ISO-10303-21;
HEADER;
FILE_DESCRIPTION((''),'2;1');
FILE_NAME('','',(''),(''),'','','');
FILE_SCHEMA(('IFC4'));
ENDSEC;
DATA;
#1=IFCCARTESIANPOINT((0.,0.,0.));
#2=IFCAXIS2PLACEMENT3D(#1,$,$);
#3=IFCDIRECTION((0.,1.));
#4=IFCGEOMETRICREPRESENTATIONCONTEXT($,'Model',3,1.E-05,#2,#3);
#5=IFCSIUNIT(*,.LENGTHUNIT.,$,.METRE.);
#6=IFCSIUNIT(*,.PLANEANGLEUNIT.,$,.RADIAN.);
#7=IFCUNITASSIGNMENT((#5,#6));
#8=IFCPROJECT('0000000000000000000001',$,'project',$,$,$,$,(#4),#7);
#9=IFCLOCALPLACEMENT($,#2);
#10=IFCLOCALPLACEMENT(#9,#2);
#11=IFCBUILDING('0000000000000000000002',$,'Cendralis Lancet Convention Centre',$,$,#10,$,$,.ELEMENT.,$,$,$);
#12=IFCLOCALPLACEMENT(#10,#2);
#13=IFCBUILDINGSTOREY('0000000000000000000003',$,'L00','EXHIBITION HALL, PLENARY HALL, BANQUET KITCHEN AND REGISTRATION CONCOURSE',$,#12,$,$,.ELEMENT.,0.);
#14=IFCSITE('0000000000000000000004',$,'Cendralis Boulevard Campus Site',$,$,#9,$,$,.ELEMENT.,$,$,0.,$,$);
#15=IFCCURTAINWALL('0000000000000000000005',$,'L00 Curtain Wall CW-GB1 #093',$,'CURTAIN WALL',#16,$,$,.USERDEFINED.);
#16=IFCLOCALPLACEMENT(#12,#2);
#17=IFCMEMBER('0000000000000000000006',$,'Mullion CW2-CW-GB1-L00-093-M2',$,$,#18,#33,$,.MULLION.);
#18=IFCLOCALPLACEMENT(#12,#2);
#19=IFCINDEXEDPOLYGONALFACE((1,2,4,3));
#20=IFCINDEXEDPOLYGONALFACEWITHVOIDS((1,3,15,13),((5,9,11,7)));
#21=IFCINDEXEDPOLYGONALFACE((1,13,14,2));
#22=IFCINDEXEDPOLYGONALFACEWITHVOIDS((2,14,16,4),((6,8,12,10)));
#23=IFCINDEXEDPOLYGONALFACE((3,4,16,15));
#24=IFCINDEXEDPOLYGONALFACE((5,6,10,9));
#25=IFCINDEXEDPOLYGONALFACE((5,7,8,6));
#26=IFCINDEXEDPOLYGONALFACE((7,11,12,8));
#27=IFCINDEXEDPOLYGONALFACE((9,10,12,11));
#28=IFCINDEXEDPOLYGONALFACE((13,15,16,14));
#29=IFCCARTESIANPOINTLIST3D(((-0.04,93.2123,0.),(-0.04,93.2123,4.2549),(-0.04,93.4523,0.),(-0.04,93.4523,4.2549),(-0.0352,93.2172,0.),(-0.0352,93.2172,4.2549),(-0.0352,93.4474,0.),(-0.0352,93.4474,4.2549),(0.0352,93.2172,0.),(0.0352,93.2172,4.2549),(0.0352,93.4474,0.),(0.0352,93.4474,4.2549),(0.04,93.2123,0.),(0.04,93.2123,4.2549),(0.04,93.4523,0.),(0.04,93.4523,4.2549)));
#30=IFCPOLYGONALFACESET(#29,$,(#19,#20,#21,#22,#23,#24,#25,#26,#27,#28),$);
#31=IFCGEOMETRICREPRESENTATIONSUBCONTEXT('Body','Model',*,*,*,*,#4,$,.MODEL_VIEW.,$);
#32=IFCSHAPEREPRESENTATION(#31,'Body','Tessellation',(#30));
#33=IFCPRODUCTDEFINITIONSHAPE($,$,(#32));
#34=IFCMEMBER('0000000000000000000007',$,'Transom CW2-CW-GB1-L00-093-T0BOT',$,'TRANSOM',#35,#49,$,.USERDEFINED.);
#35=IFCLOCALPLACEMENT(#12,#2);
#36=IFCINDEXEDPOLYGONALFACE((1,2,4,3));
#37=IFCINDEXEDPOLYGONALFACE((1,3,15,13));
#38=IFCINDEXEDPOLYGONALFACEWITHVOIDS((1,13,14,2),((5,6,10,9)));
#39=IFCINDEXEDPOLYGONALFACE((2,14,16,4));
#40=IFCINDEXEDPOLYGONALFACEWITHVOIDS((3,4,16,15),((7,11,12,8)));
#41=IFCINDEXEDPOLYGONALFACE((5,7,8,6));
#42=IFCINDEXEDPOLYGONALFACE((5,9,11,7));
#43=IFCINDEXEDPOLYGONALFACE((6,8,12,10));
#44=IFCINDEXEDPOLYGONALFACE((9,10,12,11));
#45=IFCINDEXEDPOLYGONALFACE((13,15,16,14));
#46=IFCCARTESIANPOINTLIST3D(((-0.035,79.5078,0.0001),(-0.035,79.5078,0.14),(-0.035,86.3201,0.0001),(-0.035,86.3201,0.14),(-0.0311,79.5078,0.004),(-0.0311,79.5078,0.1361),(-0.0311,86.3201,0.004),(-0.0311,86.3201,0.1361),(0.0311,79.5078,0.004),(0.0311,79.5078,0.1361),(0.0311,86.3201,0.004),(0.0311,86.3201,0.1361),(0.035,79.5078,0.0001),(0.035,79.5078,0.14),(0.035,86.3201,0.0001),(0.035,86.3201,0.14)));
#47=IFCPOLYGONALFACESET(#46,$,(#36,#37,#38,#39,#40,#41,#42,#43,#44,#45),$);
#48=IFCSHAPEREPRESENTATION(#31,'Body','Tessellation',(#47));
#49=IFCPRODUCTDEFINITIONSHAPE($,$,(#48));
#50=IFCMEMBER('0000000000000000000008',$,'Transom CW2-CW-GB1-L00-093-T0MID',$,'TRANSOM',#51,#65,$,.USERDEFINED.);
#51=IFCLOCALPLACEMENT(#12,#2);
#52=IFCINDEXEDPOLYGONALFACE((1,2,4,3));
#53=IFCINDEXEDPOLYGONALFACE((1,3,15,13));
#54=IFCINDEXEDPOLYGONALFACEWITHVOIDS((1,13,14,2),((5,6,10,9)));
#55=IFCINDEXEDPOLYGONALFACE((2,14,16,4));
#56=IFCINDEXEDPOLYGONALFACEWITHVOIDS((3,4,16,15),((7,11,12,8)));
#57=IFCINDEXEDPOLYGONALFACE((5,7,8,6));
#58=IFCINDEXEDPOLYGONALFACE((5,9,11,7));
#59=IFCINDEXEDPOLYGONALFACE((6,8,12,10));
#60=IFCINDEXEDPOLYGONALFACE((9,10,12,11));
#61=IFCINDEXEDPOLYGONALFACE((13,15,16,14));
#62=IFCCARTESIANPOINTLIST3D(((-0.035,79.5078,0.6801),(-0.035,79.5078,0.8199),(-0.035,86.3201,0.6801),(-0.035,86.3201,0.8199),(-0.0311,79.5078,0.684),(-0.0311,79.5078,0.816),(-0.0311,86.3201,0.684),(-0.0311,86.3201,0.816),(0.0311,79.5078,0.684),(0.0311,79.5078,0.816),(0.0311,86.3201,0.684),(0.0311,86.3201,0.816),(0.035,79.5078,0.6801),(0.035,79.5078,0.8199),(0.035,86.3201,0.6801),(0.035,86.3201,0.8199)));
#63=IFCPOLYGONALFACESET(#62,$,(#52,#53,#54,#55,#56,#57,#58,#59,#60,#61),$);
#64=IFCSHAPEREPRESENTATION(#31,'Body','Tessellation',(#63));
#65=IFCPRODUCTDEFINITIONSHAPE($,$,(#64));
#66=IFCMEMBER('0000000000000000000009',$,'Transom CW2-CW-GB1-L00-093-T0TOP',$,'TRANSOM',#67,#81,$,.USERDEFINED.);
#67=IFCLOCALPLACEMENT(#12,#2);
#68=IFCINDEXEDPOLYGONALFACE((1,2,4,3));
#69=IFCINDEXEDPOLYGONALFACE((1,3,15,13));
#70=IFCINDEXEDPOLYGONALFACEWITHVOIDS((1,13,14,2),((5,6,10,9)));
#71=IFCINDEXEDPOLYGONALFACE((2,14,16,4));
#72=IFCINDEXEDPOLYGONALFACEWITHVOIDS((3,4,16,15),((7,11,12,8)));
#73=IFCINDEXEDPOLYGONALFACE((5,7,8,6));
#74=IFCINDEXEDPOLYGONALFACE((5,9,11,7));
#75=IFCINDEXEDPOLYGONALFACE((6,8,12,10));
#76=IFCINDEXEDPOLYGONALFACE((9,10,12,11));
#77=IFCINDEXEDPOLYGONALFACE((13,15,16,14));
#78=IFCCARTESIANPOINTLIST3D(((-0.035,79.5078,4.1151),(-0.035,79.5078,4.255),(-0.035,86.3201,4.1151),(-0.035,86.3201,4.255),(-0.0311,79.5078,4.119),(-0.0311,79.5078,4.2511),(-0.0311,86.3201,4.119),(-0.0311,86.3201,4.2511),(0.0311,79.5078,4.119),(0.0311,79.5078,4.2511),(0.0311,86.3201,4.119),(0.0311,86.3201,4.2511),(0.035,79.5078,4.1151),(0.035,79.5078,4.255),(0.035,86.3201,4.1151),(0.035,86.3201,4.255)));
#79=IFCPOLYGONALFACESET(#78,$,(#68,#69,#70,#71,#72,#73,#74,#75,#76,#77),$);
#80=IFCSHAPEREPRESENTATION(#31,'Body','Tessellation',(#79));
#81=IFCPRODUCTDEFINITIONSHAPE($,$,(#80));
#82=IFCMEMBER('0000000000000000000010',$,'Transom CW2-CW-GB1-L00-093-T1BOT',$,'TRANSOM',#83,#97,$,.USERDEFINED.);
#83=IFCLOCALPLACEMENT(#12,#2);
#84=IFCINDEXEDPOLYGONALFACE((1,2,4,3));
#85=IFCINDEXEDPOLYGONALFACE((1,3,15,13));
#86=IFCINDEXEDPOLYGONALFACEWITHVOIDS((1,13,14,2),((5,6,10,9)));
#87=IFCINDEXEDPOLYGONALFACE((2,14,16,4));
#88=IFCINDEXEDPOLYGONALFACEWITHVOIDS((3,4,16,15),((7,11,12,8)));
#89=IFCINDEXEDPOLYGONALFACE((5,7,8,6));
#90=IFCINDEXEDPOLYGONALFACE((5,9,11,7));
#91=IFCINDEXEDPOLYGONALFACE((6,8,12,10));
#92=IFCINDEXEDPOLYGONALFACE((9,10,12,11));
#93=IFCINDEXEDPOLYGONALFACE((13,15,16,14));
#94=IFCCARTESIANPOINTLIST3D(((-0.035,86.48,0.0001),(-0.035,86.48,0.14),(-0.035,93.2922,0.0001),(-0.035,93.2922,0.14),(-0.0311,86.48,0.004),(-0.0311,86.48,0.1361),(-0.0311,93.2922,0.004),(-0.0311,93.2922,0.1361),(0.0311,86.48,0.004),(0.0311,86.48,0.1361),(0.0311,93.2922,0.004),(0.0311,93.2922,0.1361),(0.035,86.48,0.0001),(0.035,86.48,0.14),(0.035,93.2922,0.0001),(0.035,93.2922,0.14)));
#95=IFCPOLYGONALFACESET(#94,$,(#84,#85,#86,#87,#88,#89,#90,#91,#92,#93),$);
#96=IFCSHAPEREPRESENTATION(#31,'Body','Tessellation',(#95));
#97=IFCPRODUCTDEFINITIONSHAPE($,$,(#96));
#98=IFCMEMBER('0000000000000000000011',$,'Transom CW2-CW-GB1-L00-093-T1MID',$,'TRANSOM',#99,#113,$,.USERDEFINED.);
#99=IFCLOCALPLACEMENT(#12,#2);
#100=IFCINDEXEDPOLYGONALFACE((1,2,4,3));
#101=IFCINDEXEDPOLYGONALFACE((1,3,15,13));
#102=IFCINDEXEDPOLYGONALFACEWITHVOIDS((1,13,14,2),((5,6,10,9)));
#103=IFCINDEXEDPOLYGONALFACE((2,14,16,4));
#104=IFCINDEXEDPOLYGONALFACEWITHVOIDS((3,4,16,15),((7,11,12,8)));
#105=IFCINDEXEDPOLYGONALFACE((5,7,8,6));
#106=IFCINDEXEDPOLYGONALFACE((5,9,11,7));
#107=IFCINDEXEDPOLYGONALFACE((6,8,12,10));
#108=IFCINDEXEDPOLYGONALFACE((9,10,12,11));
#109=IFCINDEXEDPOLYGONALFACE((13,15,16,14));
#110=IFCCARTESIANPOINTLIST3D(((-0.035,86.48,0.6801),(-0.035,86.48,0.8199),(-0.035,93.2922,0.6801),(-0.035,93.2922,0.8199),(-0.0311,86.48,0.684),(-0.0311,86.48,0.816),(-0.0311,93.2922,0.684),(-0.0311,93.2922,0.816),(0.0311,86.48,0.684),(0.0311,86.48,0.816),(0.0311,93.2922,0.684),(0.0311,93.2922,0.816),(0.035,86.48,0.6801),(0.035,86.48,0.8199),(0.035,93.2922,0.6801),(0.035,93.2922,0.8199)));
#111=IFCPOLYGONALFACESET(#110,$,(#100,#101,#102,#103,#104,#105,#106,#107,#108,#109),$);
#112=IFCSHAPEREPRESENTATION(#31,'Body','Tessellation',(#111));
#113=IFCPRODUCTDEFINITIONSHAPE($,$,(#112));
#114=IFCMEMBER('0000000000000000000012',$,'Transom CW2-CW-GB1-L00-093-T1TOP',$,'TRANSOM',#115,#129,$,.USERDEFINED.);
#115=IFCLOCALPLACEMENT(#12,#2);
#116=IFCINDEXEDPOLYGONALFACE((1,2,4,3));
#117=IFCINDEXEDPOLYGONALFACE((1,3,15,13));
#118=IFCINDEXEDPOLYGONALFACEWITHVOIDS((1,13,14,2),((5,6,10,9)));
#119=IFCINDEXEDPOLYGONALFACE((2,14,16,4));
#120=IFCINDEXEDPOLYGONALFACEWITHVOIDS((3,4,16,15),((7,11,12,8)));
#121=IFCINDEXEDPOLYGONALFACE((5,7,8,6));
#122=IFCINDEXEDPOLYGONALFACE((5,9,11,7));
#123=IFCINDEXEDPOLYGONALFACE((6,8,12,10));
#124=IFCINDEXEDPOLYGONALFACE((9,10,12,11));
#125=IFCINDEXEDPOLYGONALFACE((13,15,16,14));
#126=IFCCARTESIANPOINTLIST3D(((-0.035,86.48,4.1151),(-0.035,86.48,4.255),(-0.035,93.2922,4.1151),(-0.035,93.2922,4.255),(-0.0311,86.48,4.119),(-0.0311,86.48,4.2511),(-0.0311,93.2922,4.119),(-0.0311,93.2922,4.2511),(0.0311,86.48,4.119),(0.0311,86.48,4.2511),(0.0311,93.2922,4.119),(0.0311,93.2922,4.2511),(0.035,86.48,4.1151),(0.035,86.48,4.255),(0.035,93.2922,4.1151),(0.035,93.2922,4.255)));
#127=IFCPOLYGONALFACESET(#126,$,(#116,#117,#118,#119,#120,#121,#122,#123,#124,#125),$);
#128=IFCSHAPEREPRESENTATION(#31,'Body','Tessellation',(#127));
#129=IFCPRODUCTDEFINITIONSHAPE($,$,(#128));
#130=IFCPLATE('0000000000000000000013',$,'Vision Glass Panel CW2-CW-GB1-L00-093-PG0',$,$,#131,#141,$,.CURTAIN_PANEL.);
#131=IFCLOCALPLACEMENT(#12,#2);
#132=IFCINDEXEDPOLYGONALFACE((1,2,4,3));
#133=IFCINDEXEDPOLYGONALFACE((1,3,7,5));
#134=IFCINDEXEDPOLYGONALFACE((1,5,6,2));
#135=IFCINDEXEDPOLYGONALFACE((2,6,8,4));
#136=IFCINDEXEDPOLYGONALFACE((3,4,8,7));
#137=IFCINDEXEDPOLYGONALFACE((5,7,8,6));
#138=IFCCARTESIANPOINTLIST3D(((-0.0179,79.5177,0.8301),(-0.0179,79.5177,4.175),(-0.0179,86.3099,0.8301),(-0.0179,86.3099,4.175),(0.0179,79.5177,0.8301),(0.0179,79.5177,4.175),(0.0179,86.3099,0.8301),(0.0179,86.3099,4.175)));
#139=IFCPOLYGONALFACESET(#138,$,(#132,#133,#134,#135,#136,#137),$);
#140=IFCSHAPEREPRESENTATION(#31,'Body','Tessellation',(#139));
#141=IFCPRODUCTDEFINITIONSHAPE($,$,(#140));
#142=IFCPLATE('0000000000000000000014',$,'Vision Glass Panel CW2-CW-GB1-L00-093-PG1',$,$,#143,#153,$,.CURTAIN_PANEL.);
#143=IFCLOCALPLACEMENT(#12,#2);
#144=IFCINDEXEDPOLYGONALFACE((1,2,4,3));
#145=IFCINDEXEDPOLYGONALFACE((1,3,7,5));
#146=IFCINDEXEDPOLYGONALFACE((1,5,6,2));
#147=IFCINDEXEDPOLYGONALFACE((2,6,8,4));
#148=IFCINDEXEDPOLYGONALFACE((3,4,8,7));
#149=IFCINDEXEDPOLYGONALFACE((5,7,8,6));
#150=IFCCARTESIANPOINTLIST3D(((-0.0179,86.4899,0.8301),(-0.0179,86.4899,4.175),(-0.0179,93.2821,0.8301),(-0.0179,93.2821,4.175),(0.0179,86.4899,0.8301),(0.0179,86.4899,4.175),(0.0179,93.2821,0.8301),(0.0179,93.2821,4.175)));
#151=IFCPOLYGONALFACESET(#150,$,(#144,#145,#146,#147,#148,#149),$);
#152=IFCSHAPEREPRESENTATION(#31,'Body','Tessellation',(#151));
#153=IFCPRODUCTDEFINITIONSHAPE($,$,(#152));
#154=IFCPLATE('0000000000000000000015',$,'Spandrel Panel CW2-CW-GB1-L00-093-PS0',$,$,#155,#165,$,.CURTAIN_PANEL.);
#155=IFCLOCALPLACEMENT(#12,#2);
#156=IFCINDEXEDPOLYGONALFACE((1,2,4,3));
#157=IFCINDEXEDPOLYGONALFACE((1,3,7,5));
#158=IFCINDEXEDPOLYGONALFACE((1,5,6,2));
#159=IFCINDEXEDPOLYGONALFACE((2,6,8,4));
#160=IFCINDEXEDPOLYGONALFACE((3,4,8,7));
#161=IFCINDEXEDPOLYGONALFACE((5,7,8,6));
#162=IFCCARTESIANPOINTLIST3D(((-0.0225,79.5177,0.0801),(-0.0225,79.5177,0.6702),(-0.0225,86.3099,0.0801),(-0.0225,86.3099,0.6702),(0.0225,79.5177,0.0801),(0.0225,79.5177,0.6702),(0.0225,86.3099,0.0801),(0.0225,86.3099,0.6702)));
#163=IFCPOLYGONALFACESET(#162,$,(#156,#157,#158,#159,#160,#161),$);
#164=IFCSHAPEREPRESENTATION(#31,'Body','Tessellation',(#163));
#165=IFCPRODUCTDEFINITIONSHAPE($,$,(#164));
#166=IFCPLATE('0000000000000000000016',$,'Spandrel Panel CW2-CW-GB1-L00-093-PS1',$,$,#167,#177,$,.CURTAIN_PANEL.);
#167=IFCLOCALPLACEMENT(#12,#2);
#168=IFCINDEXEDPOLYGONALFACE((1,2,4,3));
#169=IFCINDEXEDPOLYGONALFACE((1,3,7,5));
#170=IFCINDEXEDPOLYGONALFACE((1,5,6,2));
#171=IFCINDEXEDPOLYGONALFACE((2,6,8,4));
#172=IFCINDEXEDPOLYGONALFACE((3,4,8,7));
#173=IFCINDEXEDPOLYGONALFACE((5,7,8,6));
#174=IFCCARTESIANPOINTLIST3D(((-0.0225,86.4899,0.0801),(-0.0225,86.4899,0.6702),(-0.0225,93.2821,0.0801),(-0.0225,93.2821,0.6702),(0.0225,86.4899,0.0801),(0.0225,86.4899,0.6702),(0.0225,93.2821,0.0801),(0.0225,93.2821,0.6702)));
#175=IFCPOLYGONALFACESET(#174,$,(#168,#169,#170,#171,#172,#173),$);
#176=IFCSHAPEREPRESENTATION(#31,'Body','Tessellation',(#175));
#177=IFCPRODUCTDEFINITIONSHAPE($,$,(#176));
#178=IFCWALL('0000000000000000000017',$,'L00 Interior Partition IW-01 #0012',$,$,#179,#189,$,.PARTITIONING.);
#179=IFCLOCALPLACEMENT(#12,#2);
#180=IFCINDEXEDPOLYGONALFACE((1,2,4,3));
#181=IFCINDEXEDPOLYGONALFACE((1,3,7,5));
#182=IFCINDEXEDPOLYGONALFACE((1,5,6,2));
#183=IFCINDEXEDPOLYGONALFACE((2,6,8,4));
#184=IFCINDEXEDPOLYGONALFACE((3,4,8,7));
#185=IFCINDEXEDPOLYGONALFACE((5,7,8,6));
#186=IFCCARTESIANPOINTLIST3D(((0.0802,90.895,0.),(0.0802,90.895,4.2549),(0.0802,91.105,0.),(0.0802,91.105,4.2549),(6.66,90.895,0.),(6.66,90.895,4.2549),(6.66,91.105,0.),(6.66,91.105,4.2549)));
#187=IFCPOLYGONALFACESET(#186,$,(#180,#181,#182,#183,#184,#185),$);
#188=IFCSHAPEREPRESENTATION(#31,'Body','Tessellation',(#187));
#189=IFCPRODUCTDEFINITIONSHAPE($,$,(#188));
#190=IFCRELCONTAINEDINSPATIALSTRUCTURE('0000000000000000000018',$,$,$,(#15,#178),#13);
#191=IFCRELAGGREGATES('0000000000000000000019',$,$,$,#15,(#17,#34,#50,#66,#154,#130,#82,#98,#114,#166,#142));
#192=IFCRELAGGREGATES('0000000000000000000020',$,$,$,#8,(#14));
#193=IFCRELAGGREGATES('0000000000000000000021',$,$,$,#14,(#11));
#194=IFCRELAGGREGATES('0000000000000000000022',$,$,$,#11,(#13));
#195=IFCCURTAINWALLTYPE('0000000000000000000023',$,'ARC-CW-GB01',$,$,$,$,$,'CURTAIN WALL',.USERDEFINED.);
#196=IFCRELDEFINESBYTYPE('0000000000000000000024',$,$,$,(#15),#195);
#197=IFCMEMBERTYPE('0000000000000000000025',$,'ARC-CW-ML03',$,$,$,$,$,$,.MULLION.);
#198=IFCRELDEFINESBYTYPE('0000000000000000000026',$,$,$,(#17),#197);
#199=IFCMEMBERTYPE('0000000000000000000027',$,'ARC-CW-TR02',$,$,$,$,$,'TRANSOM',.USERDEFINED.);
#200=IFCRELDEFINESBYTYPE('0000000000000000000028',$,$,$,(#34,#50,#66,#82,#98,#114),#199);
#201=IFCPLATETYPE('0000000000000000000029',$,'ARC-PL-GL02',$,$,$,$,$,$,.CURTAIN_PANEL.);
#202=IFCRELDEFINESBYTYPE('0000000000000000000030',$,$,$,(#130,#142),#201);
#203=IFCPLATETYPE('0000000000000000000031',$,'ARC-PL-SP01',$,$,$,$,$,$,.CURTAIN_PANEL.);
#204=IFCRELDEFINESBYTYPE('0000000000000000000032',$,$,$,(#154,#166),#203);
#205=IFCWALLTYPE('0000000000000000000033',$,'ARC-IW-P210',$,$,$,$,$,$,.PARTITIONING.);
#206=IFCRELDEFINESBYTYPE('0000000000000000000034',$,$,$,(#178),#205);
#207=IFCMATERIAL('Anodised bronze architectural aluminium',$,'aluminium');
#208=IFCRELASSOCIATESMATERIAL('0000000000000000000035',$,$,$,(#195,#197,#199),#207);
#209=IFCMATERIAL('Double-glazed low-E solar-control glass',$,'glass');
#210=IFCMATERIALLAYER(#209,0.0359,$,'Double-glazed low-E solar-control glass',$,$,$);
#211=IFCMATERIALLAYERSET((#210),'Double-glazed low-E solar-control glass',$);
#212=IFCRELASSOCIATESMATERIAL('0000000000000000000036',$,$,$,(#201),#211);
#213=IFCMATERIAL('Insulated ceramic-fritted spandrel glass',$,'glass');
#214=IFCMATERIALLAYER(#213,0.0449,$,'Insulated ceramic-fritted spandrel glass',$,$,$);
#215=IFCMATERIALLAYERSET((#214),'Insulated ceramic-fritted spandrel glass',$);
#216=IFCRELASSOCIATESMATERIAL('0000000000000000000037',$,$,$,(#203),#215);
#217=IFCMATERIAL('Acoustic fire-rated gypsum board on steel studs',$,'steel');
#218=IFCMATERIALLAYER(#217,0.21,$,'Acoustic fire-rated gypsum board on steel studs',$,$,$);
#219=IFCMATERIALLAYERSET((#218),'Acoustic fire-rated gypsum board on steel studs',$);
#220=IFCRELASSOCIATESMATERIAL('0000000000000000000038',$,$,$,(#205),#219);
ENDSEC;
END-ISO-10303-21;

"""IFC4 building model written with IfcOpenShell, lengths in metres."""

from ifc_helpers import new_model, si_unit, direction, frame, frame_2d, origin, origin_2d, place, context, subcontext, project, spatial, rectangle, hollow_rectangle, extrude, material, layer, layer_set, material_profile, profile_set, type_object, element, aggregate, save


model = new_model("IFC4")

# Units and contexts
model_context = context("Model", 3, precision=1e-05, world=origin(), true_north=direction((0.0, 1.0)))
body_context = subcontext(model_context, "Body", "Model", "MODEL_VIEW")
ifc_project = project(units=[si_unit("LENGTHUNIT", "METRE"), si_unit("PLANEANGLEUNIT", "RADIAN")], contexts=[model_context])

# Site, building, storey
site_placement = place(None, origin())
site = spatial("IfcSite", under=ifc_project, at=site_placement, Name="Cendralis Boulevard Campus Site", CompositionType="ELEMENT", RefElevation=0.0)
building_placement = place(site_placement, origin())
building = spatial("IfcBuilding", under=site, at=building_placement, Name="Cendralis Lancet Convention Centre", CompositionType="ELEMENT")
storey_placement = place(building_placement, origin())
storey = spatial("IfcBuildingStorey", under=building, at=storey_placement, Name="L00", Description="EXHIBITION HALL, PLENARY HALL, BANQUET KITCHEN AND REGISTRATION CONCOURSE", CompositionType="ELEMENT", Elevation=0.0)

# Curtain wall, members, plates
ifc_material_1 = material(Name="Anodised bronze architectural aluminium", Category="aluminium")
curtain_wall_type = type_object("IfcCurtainWallType", Name="ARC-CW-GB01", ElementType="CURTAIN WALL", PredefinedType="USERDEFINED", material=ifc_material_1)
curtain_wall_placement = place(storey_placement, origin())
curtain_wall = element("IfcCurtainWall", 1, at=curtain_wall_placement, inside=storey, type_object=curtain_wall_type, Name="L00 Curtain Wall CW-GB1 #093", ObjectType="CURTAIN WALL", PredefinedType="USERDEFINED")
ifc_material_profile_1 = material_profile(ifc_material_1, hollow_rectangle(XDim=0.0801, YDim=0.24, WallThickness=0.0049, at=origin_2d()), Name="AL-MULL 80x240x5.0")
ifc_profile_set_1 = profile_set([ifc_material_profile_1], Name="Anodised bronze architectural aluminium")
member_type_1 = type_object("IfcMemberType", Name="ARC-CW-ML03", PredefinedType="MULLION", material=ifc_profile_set_1)
member_1_placement = place(storey_placement, frame((0.0, 93.3323, 0.0), z_axis=(0.0, 0.0, 1.0), x_axis=(1.0, 0.0, 0.0)))
member_1 = element("IfcMember", 2, at=member_1_placement, type_object=member_type_1, Name="Mullion CW2-CW-GB1-L00-093-M2", PredefinedType="MULLION", context=body_context, shape_type="SweptSolid", body=[
    extrude(hollow_rectangle(XDim=0.0801, YDim=0.24, WallThickness=0.0049, at=origin_2d()), origin(), (0.0, 0.0, 1.0), 4.2549),
])
ifc_material_profile_2 = material_profile(ifc_material_1, hollow_rectangle(XDim=0.0701, YDim=0.1399, WallThickness=0.0039, at=origin_2d()), Name="AL-TRAN 70x140x4.0")
ifc_profile_set_2 = profile_set([ifc_material_profile_2], Name="Anodised bronze architectural aluminium")
member_type_2 = type_object("IfcMemberType", Name="ARC-CW-TR02", ElementType="TRANSOM", PredefinedType="USERDEFINED", material=ifc_profile_set_2)
member_2_placement = place(storey_placement, frame((0.0, 79.5078, 0.0701), z_axis=(0.0, 1.0, 0.0), x_axis=(-1.0, 0.0, 0.0)))
member_2 = element("IfcMember", 3, at=member_2_placement, type_object=member_type_2, Name="Transom CW2-CW-GB1-L00-093-T0BOT", ObjectType="TRANSOM", PredefinedType="USERDEFINED", context=body_context, shape_type="SweptSolid", body=[
    extrude(hollow_rectangle(XDim=0.0701, YDim=0.1399, WallThickness=0.0039, at=origin_2d()), origin(), (0.0, 0.0, 1.0), 6.8123),
])
member_3_placement = place(storey_placement, frame((0.0, 79.5078, 0.75), z_axis=(0.0, 1.0, 0.0), x_axis=(-1.0, 0.0, 0.0)))
member_3 = element("IfcMember", 4, at=member_3_placement, type_object=member_type_2, Name="Transom CW2-CW-GB1-L00-093-T0MID", ObjectType="TRANSOM", PredefinedType="USERDEFINED", context=body_context, shape_type="SweptSolid", body=[
    extrude(hollow_rectangle(XDim=0.0701, YDim=0.1399, WallThickness=0.0039, at=origin_2d()), origin(), (0.0, 0.0, 1.0), 6.8123),
])
member_4_placement = place(storey_placement, frame((0.0, 79.5078, 4.1851), z_axis=(0.0, 1.0, 0.0), x_axis=(-1.0, 0.0, 0.0)))
member_4 = element("IfcMember", 5, at=member_4_placement, type_object=member_type_2, Name="Transom CW2-CW-GB1-L00-093-T0TOP", ObjectType="TRANSOM", PredefinedType="USERDEFINED", context=body_context, shape_type="SweptSolid", body=[
    extrude(hollow_rectangle(XDim=0.0701, YDim=0.1399, WallThickness=0.0039, at=origin_2d()), origin(), (0.0, 0.0, 1.0), 6.8123),
])
member_5_placement = place(storey_placement, frame((0.0, 86.48, 0.0701), z_axis=(0.0, 1.0, 0.0), x_axis=(-1.0, 0.0, 0.0)))
member_5 = element("IfcMember", 6, at=member_5_placement, type_object=member_type_2, Name="Transom CW2-CW-GB1-L00-093-T1BOT", ObjectType="TRANSOM", PredefinedType="USERDEFINED", context=body_context, shape_type="SweptSolid", body=[
    extrude(hollow_rectangle(XDim=0.0701, YDim=0.1399, WallThickness=0.0039, at=origin_2d()), origin(), (0.0, 0.0, 1.0), 6.8123),
])
member_6_placement = place(storey_placement, frame((0.0, 86.48, 0.75), z_axis=(0.0, 1.0, 0.0), x_axis=(-1.0, 0.0, 0.0)))
member_6 = element("IfcMember", 7, at=member_6_placement, type_object=member_type_2, Name="Transom CW2-CW-GB1-L00-093-T1MID", ObjectType="TRANSOM", PredefinedType="USERDEFINED", context=body_context, shape_type="SweptSolid", body=[
    extrude(hollow_rectangle(XDim=0.0701, YDim=0.1399, WallThickness=0.0039, at=origin_2d()), origin(), (0.0, 0.0, 1.0), 6.8123),
])
member_7_placement = place(storey_placement, frame((0.0, 86.48, 4.1851), z_axis=(0.0, 1.0, 0.0), x_axis=(-1.0, 0.0, 0.0)))
member_7 = element("IfcMember", 8, at=member_7_placement, type_object=member_type_2, Name="Transom CW2-CW-GB1-L00-093-T1TOP", ObjectType="TRANSOM", PredefinedType="USERDEFINED", context=body_context, shape_type="SweptSolid", body=[
    extrude(hollow_rectangle(XDim=0.0701, YDim=0.1399, WallThickness=0.0039, at=origin_2d()), origin(), (0.0, 0.0, 1.0), 6.8123),
])
ifc_material_2 = material(Name="Double-glazed low-E solar-control glass", Category="glass")
ifc_layer_1 = layer(ifc_material_2, 0.0359, Name="Double-glazed low-E solar-control glass")
ifc_layer_set_1 = layer_set([ifc_layer_1], Name="Double-glazed low-E solar-control glass")
plate_type_1 = type_object("IfcPlateType", Name="ARC-PL-GL02", PredefinedType="CURTAIN_PANEL", material=ifc_layer_set_1)
plate_1_placement = place(storey_placement, frame((0.0, 82.9138, 0.8301), z_axis=(0.0, 0.0, 1.0), x_axis=(0.0, 1.0, 0.0)))
plate_1 = element("IfcPlate", 9, at=plate_1_placement, type_object=plate_type_1, Name="Vision Glass Panel CW2-CW-GB1-L00-093-PG0", PredefinedType="CURTAIN_PANEL", context=body_context, shape_type="SweptSolid", body=[
    extrude(rectangle(XDim=6.7922, YDim=0.0359, at=origin_2d()), origin(), (0.0, 0.0, 1.0), 3.345),
])
plate_2_placement = place(storey_placement, frame((0.0, 89.886, 0.8301), z_axis=(0.0, 0.0, 1.0), x_axis=(0.0, 1.0, 0.0)))
plate_2 = element("IfcPlate", 10, at=plate_2_placement, type_object=plate_type_1, Name="Vision Glass Panel CW2-CW-GB1-L00-093-PG1", PredefinedType="CURTAIN_PANEL", context=body_context, shape_type="SweptSolid", body=[
    extrude(rectangle(XDim=6.7922, YDim=0.0359, at=origin_2d()), origin(), (0.0, 0.0, 1.0), 3.345),
])
ifc_material_3 = material(Name="Insulated ceramic-fritted spandrel glass", Category="glass")
ifc_layer_2 = layer(ifc_material_3, 0.0449, Name="Insulated ceramic-fritted spandrel glass")
ifc_layer_set_2 = layer_set([ifc_layer_2], Name="Insulated ceramic-fritted spandrel glass")
plate_type_2 = type_object("IfcPlateType", Name="ARC-PL-SP01", PredefinedType="CURTAIN_PANEL", material=ifc_layer_set_2)
plate_3_placement = place(storey_placement, frame((0.0, 82.9138, 0.0801), z_axis=(0.0, 0.0, 1.0), x_axis=(0.0, 1.0, 0.0)))
plate_3 = element("IfcPlate", 11, at=plate_3_placement, type_object=plate_type_2, Name="Spandrel Panel CW2-CW-GB1-L00-093-PS0", PredefinedType="CURTAIN_PANEL", context=body_context, shape_type="SweptSolid", body=[
    extrude(rectangle(XDim=6.7922, YDim=0.0449, at=origin_2d()), origin(), (0.0, 0.0, 1.0), 0.5901),
])
plate_4_placement = place(storey_placement, frame((0.0, 89.886, 0.0801), z_axis=(0.0, 0.0, 1.0), x_axis=(0.0, 1.0, 0.0)))
plate_4 = element("IfcPlate", 12, at=plate_4_placement, type_object=plate_type_2, Name="Spandrel Panel CW2-CW-GB1-L00-093-PS1", PredefinedType="CURTAIN_PANEL", context=body_context, shape_type="SweptSolid", body=[
    extrude(rectangle(XDim=6.7922, YDim=0.0449, at=origin_2d()), origin(), (0.0, 0.0, 1.0), 0.5901),
])
aggregate(curtain_wall, [member_1, member_2, member_3, member_4, plate_3, plate_1, member_5, member_6, member_7, plate_4, plate_2])

# Wall
ifc_material_4 = material(Name="Acoustic fire-rated gypsum board on steel studs", Category="steel")
ifc_layer_3 = layer(ifc_material_4, 0.21, Name="Acoustic fire-rated gypsum board on steel studs")
ifc_layer_set_3 = layer_set([ifc_layer_3], Name="Acoustic fire-rated gypsum board on steel studs")
wall_type = type_object("IfcWallType", Name="ARC-IW-P210", PredefinedType="PARTITIONING", material=ifc_layer_set_3)
wall_placement = place(storey_placement, frame((0.0801, 91.0, 0.0), z_axis=(0.0, 0.0, 1.0), x_axis=(1.0, 0.0, 0.0)))
element("IfcWall", 13, at=wall_placement, inside=storey, type_object=wall_type, Name="L00 Interior Partition IW-01 #0012", PredefinedType="PARTITIONING", context=body_context, shape_type="SweptSolid", body=[
    extrude(rectangle(XDim=6.5798, YDim=0.21, at=frame_2d((3.29, 0.0))), origin(), (0.0, 0.0, 1.0), 4.2549),
])

save(model, "model.ifc")
